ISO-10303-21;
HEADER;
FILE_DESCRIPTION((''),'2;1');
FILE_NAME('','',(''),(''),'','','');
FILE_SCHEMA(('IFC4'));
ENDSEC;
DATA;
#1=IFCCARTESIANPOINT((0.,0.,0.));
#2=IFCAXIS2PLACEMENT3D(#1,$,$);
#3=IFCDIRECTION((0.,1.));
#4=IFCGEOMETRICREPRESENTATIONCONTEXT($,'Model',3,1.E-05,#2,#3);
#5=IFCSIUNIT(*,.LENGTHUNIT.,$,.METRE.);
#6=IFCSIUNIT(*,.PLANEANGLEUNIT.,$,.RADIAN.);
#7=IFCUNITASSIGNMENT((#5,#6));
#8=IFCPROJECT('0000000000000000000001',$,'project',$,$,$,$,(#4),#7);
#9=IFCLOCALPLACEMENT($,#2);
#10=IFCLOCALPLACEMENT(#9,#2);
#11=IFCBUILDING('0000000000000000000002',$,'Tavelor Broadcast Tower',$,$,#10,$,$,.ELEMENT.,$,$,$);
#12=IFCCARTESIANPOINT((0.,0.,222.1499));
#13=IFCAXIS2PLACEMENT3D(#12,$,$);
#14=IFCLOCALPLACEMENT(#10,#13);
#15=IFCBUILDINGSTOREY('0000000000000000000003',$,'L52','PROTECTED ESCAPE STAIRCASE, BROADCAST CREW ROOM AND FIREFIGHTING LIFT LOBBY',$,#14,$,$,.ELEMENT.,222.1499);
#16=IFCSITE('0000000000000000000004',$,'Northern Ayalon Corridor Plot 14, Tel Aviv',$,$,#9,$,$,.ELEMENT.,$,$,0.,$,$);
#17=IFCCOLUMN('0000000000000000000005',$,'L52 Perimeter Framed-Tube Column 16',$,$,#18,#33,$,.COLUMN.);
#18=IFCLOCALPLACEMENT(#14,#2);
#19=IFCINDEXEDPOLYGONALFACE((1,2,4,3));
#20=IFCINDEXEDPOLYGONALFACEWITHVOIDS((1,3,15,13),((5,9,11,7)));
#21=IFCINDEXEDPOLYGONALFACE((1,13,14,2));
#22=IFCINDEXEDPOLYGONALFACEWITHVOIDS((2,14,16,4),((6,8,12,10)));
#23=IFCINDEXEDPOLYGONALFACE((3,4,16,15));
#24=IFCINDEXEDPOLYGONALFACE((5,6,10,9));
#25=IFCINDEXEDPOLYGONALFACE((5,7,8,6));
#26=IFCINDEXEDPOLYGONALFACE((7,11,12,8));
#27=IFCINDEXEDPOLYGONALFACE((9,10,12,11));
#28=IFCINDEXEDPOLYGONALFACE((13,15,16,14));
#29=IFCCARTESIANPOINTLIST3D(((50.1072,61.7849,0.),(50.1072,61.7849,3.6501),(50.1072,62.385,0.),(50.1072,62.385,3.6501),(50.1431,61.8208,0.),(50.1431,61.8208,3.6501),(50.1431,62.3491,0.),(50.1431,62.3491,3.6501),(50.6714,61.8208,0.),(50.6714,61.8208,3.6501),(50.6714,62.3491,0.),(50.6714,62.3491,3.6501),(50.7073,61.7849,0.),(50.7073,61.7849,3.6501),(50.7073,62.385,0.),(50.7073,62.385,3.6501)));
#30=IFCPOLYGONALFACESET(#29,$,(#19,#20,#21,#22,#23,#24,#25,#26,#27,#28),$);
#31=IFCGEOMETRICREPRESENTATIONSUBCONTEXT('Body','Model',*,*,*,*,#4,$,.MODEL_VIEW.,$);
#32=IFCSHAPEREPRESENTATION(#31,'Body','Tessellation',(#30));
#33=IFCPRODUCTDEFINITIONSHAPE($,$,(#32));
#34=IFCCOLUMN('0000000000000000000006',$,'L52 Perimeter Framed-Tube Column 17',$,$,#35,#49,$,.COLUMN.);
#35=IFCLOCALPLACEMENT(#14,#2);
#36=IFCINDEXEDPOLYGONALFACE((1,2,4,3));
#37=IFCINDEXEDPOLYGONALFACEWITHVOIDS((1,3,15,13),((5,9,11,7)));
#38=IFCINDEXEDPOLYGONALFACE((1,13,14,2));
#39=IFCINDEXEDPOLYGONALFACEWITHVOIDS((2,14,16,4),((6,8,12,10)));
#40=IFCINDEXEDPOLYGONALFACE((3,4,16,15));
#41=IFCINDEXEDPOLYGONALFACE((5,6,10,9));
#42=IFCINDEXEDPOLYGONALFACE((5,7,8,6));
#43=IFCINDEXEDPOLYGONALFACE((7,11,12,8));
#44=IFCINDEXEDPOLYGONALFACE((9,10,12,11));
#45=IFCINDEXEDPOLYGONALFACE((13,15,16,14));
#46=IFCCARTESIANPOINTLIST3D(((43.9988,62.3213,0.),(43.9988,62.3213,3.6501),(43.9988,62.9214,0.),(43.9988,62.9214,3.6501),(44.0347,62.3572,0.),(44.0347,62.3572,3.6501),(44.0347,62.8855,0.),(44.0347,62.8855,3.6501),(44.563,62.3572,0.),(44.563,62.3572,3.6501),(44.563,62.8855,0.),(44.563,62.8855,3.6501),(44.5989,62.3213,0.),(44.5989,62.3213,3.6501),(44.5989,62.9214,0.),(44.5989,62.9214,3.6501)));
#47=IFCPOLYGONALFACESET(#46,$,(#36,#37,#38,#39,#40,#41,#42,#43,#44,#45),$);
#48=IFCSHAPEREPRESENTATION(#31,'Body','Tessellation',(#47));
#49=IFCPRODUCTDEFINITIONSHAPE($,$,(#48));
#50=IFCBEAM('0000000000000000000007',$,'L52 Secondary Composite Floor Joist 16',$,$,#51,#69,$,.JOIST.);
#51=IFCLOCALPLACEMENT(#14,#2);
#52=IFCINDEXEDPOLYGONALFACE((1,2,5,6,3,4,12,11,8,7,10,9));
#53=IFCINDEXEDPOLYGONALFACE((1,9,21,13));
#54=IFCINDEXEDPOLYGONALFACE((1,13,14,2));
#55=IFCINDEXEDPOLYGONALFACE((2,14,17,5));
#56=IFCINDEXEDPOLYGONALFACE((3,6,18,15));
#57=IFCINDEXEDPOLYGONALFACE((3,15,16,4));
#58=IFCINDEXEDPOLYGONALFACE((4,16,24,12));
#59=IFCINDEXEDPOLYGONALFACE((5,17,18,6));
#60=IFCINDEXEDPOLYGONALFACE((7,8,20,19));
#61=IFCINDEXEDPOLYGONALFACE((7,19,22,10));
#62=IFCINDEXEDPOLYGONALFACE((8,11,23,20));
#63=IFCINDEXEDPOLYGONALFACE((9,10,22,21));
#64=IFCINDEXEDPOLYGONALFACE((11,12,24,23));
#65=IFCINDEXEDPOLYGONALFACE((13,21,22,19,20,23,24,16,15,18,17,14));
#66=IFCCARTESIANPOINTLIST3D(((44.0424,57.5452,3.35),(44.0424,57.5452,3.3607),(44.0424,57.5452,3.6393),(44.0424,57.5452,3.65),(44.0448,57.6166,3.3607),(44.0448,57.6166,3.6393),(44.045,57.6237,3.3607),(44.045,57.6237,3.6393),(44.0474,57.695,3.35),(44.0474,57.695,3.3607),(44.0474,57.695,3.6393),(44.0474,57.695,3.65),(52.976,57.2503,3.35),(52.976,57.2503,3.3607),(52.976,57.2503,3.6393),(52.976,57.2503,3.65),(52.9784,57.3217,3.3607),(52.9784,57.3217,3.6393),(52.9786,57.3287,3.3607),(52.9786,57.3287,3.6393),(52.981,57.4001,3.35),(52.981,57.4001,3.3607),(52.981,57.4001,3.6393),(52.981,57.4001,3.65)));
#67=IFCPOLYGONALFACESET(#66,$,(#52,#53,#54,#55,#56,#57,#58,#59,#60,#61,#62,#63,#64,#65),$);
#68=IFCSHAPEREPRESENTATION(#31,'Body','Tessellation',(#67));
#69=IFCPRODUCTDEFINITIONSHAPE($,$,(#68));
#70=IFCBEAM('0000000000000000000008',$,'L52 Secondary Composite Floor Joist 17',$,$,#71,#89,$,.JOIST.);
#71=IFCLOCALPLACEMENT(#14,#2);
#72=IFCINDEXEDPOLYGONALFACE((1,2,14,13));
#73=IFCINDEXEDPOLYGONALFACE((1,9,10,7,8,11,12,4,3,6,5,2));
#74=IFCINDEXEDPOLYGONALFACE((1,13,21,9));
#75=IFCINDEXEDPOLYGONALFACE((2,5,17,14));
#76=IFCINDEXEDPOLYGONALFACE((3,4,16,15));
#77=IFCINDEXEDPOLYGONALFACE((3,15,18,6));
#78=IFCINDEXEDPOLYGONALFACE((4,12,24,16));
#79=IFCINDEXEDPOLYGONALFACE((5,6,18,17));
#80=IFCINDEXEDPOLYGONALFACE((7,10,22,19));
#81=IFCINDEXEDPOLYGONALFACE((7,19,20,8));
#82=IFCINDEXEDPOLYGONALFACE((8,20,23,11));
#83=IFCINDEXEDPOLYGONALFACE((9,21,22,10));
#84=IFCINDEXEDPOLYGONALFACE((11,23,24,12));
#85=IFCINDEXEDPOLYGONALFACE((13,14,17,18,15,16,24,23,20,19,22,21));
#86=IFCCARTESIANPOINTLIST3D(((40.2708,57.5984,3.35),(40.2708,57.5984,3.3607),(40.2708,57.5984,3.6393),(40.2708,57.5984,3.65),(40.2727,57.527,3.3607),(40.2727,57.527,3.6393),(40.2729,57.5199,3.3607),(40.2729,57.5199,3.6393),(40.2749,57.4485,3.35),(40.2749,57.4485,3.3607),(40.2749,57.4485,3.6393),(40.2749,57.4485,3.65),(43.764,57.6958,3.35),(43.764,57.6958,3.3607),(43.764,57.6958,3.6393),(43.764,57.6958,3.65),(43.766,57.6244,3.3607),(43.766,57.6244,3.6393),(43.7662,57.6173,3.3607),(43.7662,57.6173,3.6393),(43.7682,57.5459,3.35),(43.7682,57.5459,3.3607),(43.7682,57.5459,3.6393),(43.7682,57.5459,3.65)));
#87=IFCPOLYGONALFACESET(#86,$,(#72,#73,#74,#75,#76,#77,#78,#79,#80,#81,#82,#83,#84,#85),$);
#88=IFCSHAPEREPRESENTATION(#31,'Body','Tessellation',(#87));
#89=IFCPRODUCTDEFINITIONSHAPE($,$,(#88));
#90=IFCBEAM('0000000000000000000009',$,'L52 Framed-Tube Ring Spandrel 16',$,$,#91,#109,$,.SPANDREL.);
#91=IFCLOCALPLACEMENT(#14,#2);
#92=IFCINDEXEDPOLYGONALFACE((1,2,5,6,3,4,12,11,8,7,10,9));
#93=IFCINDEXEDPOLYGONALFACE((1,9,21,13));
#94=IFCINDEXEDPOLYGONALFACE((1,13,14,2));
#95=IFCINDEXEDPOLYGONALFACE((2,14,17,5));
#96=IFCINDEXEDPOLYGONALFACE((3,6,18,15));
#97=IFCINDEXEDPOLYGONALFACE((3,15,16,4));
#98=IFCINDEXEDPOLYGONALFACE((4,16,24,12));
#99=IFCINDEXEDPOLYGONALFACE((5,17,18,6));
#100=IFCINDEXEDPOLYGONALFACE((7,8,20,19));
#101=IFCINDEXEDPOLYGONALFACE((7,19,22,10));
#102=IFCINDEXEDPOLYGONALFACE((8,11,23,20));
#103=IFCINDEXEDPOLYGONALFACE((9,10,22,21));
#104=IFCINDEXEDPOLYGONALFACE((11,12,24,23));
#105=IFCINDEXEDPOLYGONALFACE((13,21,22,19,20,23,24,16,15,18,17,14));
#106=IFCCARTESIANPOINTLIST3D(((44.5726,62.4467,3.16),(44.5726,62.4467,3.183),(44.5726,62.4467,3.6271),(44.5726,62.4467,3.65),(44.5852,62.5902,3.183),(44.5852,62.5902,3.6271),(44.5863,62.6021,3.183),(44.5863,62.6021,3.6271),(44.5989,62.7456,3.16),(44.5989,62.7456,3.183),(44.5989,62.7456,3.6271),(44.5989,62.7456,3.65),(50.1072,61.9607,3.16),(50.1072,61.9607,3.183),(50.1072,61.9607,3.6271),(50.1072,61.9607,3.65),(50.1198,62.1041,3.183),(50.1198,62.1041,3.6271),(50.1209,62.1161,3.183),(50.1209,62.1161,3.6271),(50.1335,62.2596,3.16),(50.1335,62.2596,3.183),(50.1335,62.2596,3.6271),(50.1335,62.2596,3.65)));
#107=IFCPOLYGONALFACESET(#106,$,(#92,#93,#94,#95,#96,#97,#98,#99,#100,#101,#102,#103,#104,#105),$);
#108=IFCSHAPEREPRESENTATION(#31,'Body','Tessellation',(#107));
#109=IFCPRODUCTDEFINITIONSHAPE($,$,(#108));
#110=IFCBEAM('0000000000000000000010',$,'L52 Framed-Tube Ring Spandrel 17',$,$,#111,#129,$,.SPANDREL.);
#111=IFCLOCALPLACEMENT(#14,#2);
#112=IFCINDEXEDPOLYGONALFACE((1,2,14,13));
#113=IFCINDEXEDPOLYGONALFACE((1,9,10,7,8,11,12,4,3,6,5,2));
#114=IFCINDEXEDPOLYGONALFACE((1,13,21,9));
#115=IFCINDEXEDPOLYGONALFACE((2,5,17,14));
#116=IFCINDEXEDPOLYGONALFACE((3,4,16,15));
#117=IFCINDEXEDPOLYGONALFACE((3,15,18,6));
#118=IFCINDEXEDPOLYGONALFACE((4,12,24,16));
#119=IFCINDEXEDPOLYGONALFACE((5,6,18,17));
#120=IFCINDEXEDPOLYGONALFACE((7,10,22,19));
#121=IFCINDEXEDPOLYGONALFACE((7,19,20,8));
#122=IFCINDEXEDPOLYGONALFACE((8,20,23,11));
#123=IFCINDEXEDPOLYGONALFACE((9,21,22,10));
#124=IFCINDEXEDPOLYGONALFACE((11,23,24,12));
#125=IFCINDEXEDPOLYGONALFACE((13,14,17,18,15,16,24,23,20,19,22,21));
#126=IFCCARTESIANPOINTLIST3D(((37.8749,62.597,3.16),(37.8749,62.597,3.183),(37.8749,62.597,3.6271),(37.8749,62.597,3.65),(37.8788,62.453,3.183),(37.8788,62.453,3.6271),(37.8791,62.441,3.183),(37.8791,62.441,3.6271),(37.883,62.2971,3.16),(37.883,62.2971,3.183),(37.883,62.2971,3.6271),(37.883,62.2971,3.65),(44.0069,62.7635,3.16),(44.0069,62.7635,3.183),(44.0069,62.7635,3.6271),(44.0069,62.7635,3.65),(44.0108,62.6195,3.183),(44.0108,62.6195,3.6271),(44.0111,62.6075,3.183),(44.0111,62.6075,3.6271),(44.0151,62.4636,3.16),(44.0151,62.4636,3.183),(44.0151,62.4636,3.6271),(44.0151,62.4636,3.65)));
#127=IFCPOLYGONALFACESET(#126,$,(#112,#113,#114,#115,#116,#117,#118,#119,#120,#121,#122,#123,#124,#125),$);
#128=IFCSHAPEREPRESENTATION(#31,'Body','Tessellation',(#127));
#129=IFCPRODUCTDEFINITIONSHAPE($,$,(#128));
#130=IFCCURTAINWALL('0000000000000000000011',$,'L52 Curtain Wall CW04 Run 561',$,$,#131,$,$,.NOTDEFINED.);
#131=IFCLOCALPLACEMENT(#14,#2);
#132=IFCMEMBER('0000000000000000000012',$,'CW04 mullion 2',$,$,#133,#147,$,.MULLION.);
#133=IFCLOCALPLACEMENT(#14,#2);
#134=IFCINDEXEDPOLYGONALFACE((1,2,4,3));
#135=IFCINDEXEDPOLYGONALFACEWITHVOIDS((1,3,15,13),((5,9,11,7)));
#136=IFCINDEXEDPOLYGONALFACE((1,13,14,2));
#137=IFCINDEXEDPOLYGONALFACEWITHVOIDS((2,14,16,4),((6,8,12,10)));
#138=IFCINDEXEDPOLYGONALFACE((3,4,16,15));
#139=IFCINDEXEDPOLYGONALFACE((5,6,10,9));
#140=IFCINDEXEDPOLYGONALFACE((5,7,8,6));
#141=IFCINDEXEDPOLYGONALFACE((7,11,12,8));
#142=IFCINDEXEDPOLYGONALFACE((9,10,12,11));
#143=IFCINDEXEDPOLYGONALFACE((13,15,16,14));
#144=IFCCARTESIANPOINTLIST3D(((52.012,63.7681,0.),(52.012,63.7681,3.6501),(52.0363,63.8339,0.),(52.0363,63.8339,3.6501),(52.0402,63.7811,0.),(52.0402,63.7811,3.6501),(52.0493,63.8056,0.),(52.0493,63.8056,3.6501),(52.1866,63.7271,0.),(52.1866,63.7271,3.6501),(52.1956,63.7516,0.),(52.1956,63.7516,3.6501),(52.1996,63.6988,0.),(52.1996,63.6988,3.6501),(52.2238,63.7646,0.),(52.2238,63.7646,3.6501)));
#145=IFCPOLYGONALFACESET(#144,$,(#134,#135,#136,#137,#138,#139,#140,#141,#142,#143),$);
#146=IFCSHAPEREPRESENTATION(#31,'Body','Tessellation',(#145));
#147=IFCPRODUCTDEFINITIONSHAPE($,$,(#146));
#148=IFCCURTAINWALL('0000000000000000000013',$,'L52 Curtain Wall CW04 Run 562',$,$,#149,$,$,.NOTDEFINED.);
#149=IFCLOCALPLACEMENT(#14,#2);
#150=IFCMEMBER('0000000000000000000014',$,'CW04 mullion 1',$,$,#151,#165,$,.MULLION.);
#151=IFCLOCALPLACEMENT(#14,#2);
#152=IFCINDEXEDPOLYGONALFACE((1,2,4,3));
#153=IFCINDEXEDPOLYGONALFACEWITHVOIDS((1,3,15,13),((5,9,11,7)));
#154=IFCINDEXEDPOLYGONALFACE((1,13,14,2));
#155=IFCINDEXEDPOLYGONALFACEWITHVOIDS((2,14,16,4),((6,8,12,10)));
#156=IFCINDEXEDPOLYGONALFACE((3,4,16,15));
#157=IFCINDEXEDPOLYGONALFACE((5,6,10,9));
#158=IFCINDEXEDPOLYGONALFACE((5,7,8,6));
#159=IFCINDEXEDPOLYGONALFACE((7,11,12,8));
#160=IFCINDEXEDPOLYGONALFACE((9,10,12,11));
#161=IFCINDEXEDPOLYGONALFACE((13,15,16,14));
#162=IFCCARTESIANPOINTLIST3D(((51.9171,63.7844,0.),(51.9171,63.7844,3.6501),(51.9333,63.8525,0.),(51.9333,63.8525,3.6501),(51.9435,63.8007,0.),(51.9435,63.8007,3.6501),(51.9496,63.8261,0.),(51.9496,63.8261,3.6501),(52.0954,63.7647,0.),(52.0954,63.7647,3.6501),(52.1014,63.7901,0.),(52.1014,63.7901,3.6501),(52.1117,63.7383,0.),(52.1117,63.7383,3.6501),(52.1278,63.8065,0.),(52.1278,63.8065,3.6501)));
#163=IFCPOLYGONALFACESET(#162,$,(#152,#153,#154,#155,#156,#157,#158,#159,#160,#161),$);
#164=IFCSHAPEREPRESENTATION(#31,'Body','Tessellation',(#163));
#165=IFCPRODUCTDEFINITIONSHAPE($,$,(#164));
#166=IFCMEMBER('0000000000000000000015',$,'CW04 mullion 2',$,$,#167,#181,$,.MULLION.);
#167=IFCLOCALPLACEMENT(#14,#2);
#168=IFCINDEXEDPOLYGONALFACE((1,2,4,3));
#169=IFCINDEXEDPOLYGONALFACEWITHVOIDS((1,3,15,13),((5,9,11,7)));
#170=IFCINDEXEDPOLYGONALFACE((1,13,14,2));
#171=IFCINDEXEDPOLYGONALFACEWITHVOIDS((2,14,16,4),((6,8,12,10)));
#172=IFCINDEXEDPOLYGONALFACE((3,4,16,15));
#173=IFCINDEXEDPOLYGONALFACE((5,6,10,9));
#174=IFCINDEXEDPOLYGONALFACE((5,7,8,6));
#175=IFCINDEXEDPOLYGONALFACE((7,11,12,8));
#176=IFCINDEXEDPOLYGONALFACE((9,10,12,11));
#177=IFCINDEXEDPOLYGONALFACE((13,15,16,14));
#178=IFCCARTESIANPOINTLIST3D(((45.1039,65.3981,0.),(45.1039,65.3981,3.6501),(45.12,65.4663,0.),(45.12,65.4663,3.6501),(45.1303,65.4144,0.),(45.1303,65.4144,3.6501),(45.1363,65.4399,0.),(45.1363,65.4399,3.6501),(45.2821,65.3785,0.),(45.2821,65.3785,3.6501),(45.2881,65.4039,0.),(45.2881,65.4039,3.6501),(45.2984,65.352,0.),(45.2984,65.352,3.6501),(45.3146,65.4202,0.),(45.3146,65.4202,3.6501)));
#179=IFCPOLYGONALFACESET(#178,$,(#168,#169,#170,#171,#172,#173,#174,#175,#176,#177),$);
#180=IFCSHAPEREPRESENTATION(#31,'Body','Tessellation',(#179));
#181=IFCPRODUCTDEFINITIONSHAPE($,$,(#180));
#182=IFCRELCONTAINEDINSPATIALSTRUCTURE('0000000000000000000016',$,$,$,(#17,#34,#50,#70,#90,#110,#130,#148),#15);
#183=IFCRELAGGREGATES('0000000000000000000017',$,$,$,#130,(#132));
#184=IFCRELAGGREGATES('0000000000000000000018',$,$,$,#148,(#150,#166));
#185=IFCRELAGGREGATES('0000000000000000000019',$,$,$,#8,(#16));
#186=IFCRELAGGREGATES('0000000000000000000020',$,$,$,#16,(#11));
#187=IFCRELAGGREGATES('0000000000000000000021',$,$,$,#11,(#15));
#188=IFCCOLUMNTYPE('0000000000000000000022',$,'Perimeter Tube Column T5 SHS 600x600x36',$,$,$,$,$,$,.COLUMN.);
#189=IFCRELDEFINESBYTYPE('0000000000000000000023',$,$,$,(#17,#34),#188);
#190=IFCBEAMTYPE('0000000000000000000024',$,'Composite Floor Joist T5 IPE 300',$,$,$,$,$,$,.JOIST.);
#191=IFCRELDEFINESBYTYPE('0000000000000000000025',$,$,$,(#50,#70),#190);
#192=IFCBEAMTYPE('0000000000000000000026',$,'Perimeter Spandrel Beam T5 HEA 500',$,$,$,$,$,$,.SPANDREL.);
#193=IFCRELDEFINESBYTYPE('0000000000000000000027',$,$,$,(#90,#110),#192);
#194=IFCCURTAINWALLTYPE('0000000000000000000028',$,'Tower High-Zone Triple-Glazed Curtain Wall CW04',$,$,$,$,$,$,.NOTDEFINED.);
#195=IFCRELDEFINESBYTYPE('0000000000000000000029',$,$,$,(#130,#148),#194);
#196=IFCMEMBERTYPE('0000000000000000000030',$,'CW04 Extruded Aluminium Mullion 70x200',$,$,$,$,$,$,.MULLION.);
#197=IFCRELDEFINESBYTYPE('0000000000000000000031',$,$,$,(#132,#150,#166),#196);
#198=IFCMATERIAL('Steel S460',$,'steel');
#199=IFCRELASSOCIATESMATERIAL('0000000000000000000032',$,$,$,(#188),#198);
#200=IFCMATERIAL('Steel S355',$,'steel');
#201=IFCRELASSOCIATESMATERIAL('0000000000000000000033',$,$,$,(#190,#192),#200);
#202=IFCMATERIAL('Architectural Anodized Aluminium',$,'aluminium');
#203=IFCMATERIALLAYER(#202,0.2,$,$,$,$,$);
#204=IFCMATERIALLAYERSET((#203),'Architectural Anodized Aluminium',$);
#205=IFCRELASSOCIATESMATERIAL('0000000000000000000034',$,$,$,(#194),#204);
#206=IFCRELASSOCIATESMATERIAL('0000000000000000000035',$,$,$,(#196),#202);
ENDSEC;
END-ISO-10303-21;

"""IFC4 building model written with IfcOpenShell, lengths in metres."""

from ifc_helpers import new_model, si_unit, direction, frame, origin, origin_2d, place, context, subcontext, project, spatial, hollow_rectangle, i_section, extrude, source, transform, mapped, material, layer, layer_set, material_profile, profile_set, type_object, type_shapes, element, aggregate, save


model = new_model("IFC4")

# Units and contexts
model_context = context("Model", 3, precision=1e-05, world=origin(), true_north=direction((0.0, 1.0)))
body_context = subcontext(model_context, "Body", "Model", "MODEL_VIEW")
ifc_project = project(units=[si_unit("LENGTHUNIT", "METRE"), si_unit("PLANEANGLEUNIT", "RADIAN")], contexts=[model_context])

# Site, building, storey
site_placement = place(None, origin())
site = spatial("IfcSite", under=ifc_project, at=site_placement, Name="Northern Ayalon Corridor Plot 14, Tel Aviv", CompositionType="ELEMENT", RefElevation=0.0)
building_placement = place(site_placement, origin())
building = spatial("IfcBuilding", under=site, at=building_placement, Name="Tavelor Broadcast Tower", CompositionType="ELEMENT")
storey_placement = place(building_placement, frame((0.0, 0.0, 222.1499)))
storey = spatial("IfcBuildingStorey", under=building, at=storey_placement, Name="L52", Description="PROTECTED ESCAPE STAIRCASE, BROADCAST CREW ROOM AND FIREFIGHTING LIFT LOBBY", CompositionType="ELEMENT", Elevation=222.1499)

# Columns
ifc_material_1 = material(Name="Steel S460", Category="steel")
ifc_material_profile_1 = material_profile(ifc_material_1, hollow_rectangle(XDim=0.6001, YDim=0.6001, WallThickness=0.0359, at=origin_2d()), Name="SHS 600x600x36")
ifc_profile_set_1 = profile_set([ifc_material_profile_1], Name="Steel S460")
column_type = type_object("IfcColumnType", Name="Perimeter Tube Column T5 SHS 600x600x36", PredefinedType="COLUMN", material=ifc_profile_set_1)
for number, where, z_axis, x_axis, name in (
    (1, (50.4072, 62.085, 0.0), (0.0, 0.0, 1.0), (1.0, 0.0, 0.0), "L52 Perimeter Framed-Tube Column 16"),
    (2, (44.2988, 62.6213, 0.0), (0.0, 0.0, 1.0), (1.0, 0.0, 0.0), "L52 Perimeter Framed-Tube Column 17"),
):
    element("IfcColumn", number, at=place(storey_placement, frame(where, z_axis=z_axis, x_axis=x_axis)), inside=storey, type_object=column_type, Name=name, PredefinedType="COLUMN", context=body_context, shape_type="SweptSolid", body=[
        extrude(hollow_rectangle(XDim=0.6001, YDim=0.6001, WallThickness=0.0359, at=origin_2d()), origin(), (0.0, 0.0, 1.0), 3.6501),
    ])

# Beams
ifc_material_2 = material(Name="Steel S355", Category="steel")
ifc_material_profile_2 = material_profile(ifc_material_2, i_section(OverallWidth=0.1499, OverallDepth=0.3, WebThickness=0.0071, FlangeThickness=0.0107, at=origin_2d()), Name="IPE 300")
ifc_profile_set_2 = profile_set([ifc_material_profile_2], Name="Steel S355")
beam_type_1 = type_object("IfcBeamType", Name="Composite Floor Joist T5 IPE 300", PredefinedType="JOIST", material=ifc_profile_set_2)
beam_1_placement = place(storey_placement, frame((52.9785, 57.3252, 3.5), z_axis=(-0.999456, 0.032995, 0.0), x_axis=(-0.032995, -0.999456, 0.0)))
element("IfcBeam", 3, at=beam_1_placement, inside=storey, type_object=beam_type_1, Name="L52 Secondary Composite Floor Joist 16", PredefinedType="JOIST", context=body_context, shape_type="SweptSolid", body=[
    extrude(i_section(OverallWidth=0.1499, OverallDepth=0.3, WebThickness=0.0071, FlangeThickness=0.0107, at=origin_2d()), origin(), (0.0, 0.0, 1.0), 8.9385),
])
beam_2_placement = place(storey_placement, frame((43.7661, 57.6208, 3.5), z_axis=(-0.999611, -0.027876, 0.0), x_axis=(0.027876, -0.999611, 0.0)))
element("IfcBeam", 4, at=beam_2_placement, inside=storey, type_object=beam_type_1, Name="L52 Secondary Composite Floor Joist 17", PredefinedType="JOIST", context=body_context, shape_type="SweptSolid", body=[
    extrude(i_section(OverallWidth=0.1499, OverallDepth=0.3, WebThickness=0.0071, FlangeThickness=0.0107, at=origin_2d()), origin(), (0.0, 0.0, 1.0), 3.4946),
])
ifc_material_profile_3 = material_profile(ifc_material_2, i_section(OverallWidth=0.3, OverallDepth=0.49, WebThickness=0.012, FlangeThickness=0.0229, at=origin_2d()), Name="HEA 500")
ifc_profile_set_3 = profile_set([ifc_material_profile_3], Name="Steel S355")
beam_type_2 = type_object("IfcBeamType", Name="Perimeter Spandrel Beam T5 HEA 500", PredefinedType="SPANDREL", material=ifc_profile_set_3)
beam_3_placement = place(storey_placement, frame((50.1204, 62.1101, 3.405), z_axis=(-0.996166, 0.087489, 0.0), x_axis=(-0.087489, -0.996166, 0.0)))
element("IfcBeam", 5, at=beam_3_placement, inside=storey, type_object=beam_type_2, Name="L52 Framed-Tube Ring Spandrel 16", PredefinedType="SPANDREL", context=body_context, shape_type="SweptSolid", body=[
    extrude(i_section(OverallWidth=0.3, OverallDepth=0.49, WebThickness=0.012, FlangeThickness=0.0229, at=origin_2d()), origin(), (0.0, 0.0, 1.0), 5.5559),
])
beam_4_placement = place(storey_placement, frame((44.011, 62.6135, 3.405), z_axis=(-0.999632, -0.027143, 0.0), x_axis=(0.027143, -0.999632, 0.0)))
element("IfcBeam", 6, at=beam_4_placement, inside=storey, type_object=beam_type_2, Name="L52 Framed-Tube Ring Spandrel 17", PredefinedType="SPANDREL", context=body_context, shape_type="SweptSolid", body=[
    extrude(i_section(OverallWidth=0.3, OverallDepth=0.49, WebThickness=0.012, FlangeThickness=0.0229, at=origin_2d()), origin(), (0.0, 0.0, 1.0), 6.1343),
])

# Curtain wall, member
ifc_material_3 = material(Name="Architectural Anodized Aluminium", Category="aluminium")
ifc_layer_1 = layer(ifc_material_3, 0.2)
ifc_layer_set_1 = layer_set([ifc_layer_1], Name="Architectural Anodized Aluminium")
curtain_wall_type = type_object("IfcCurtainWallType", Name="Tower High-Zone Triple-Glazed Curtain Wall CW04", PredefinedType="NOTDEFINED", material=ifc_layer_set_1)
curtain_wall_1_placement = place(storey_placement, origin())
curtain_wall_1 = element("IfcCurtainWall", 7, at=curtain_wall_1_placement, inside=storey, type_object=curtain_wall_type, Name="L52 Curtain Wall CW04 Run 561", PredefinedType="NOTDEFINED")
ifc_material_profile_4 = material_profile(ifc_material_3, hollow_rectangle(XDim=0.0701, YDim=0.2, WallThickness=0.022, at=origin_2d()), Name="RHS 70x200x22")
ifc_profile_set_4 = profile_set([ifc_material_profile_4], Name="Architectural Anodized Aluminium")
member_type_1 = type_object("IfcMemberType", Name="CW04 Extruded Aluminium Mullion 70x200", PredefinedType="MULLION", material=ifc_profile_set_4)
shared_shape_1 = source(origin(), body_context, "Body", "SweptSolid", [
    extrude(hollow_rectangle(XDim=0.0701, YDim=0.2, WallThickness=0.022, at=origin_2d()), origin(), (0.0, 0.0, 1.0), 3.6501),
])
type_shapes(member_type_1, [shared_shape_1])
member_1_placement = place(storey_placement, frame((52.1179, 63.7664, 0.0), z_axis=(0.0, 0.0, 1.0), x_axis=(-0.346527, -0.93804, 0.0)))
member_1 = element("IfcMember", 8, at=member_1_placement, type_object=member_type_1, Name="CW04 mullion 2", PredefinedType="MULLION", context=body_context, shape_type="MappedRepresentation", body=[
    mapped(shared_shape_1, transform((0.0, 0.0, 0.0), scale=1.0)),
])
aggregate(curtain_wall_1, [member_1])

# Curtain wall, members
curtain_wall_2_placement = place(storey_placement, origin())
curtain_wall_2 = element("IfcCurtainWall", 9, at=curtain_wall_2_placement, inside=storey, type_object=curtain_wall_type, Name="L52 Curtain Wall CW04 Run 562", PredefinedType="NOTDEFINED")
member_2_placement = place(storey_placement, frame((52.0225, 63.7954, 0.0), z_axis=(0.0, 0.0, 1.0), x_axis=(-0.230476, -0.973078, 0.0)))
member_2 = element("IfcMember", 10, at=member_2_placement, type_object=member_type_1, Name="CW04 mullion 1", PredefinedType="MULLION", context=body_context, shape_type="MappedRepresentation", body=[
    mapped(shared_shape_1, transform((0.0, 0.0, 0.0), scale=1.0)),
])
member_3_placement = place(storey_placement, frame((45.2092, 65.4092, 0.0), z_axis=(0.0, 0.0, 1.0), x_axis=(-0.230476, -0.973078, 0.0)))
member_3 = element("IfcMember", 11, at=member_3_placement, type_object=member_type_1, Name="CW04 mullion 2", PredefinedType="MULLION", context=body_context, shape_type="MappedRepresentation", body=[
    mapped(shared_shape_1, transform((0.0, 0.0, 0.0), scale=1.0)),
])

aggregate(curtain_wall_2, [member_2, member_3])

save(model, "model.ifc")
